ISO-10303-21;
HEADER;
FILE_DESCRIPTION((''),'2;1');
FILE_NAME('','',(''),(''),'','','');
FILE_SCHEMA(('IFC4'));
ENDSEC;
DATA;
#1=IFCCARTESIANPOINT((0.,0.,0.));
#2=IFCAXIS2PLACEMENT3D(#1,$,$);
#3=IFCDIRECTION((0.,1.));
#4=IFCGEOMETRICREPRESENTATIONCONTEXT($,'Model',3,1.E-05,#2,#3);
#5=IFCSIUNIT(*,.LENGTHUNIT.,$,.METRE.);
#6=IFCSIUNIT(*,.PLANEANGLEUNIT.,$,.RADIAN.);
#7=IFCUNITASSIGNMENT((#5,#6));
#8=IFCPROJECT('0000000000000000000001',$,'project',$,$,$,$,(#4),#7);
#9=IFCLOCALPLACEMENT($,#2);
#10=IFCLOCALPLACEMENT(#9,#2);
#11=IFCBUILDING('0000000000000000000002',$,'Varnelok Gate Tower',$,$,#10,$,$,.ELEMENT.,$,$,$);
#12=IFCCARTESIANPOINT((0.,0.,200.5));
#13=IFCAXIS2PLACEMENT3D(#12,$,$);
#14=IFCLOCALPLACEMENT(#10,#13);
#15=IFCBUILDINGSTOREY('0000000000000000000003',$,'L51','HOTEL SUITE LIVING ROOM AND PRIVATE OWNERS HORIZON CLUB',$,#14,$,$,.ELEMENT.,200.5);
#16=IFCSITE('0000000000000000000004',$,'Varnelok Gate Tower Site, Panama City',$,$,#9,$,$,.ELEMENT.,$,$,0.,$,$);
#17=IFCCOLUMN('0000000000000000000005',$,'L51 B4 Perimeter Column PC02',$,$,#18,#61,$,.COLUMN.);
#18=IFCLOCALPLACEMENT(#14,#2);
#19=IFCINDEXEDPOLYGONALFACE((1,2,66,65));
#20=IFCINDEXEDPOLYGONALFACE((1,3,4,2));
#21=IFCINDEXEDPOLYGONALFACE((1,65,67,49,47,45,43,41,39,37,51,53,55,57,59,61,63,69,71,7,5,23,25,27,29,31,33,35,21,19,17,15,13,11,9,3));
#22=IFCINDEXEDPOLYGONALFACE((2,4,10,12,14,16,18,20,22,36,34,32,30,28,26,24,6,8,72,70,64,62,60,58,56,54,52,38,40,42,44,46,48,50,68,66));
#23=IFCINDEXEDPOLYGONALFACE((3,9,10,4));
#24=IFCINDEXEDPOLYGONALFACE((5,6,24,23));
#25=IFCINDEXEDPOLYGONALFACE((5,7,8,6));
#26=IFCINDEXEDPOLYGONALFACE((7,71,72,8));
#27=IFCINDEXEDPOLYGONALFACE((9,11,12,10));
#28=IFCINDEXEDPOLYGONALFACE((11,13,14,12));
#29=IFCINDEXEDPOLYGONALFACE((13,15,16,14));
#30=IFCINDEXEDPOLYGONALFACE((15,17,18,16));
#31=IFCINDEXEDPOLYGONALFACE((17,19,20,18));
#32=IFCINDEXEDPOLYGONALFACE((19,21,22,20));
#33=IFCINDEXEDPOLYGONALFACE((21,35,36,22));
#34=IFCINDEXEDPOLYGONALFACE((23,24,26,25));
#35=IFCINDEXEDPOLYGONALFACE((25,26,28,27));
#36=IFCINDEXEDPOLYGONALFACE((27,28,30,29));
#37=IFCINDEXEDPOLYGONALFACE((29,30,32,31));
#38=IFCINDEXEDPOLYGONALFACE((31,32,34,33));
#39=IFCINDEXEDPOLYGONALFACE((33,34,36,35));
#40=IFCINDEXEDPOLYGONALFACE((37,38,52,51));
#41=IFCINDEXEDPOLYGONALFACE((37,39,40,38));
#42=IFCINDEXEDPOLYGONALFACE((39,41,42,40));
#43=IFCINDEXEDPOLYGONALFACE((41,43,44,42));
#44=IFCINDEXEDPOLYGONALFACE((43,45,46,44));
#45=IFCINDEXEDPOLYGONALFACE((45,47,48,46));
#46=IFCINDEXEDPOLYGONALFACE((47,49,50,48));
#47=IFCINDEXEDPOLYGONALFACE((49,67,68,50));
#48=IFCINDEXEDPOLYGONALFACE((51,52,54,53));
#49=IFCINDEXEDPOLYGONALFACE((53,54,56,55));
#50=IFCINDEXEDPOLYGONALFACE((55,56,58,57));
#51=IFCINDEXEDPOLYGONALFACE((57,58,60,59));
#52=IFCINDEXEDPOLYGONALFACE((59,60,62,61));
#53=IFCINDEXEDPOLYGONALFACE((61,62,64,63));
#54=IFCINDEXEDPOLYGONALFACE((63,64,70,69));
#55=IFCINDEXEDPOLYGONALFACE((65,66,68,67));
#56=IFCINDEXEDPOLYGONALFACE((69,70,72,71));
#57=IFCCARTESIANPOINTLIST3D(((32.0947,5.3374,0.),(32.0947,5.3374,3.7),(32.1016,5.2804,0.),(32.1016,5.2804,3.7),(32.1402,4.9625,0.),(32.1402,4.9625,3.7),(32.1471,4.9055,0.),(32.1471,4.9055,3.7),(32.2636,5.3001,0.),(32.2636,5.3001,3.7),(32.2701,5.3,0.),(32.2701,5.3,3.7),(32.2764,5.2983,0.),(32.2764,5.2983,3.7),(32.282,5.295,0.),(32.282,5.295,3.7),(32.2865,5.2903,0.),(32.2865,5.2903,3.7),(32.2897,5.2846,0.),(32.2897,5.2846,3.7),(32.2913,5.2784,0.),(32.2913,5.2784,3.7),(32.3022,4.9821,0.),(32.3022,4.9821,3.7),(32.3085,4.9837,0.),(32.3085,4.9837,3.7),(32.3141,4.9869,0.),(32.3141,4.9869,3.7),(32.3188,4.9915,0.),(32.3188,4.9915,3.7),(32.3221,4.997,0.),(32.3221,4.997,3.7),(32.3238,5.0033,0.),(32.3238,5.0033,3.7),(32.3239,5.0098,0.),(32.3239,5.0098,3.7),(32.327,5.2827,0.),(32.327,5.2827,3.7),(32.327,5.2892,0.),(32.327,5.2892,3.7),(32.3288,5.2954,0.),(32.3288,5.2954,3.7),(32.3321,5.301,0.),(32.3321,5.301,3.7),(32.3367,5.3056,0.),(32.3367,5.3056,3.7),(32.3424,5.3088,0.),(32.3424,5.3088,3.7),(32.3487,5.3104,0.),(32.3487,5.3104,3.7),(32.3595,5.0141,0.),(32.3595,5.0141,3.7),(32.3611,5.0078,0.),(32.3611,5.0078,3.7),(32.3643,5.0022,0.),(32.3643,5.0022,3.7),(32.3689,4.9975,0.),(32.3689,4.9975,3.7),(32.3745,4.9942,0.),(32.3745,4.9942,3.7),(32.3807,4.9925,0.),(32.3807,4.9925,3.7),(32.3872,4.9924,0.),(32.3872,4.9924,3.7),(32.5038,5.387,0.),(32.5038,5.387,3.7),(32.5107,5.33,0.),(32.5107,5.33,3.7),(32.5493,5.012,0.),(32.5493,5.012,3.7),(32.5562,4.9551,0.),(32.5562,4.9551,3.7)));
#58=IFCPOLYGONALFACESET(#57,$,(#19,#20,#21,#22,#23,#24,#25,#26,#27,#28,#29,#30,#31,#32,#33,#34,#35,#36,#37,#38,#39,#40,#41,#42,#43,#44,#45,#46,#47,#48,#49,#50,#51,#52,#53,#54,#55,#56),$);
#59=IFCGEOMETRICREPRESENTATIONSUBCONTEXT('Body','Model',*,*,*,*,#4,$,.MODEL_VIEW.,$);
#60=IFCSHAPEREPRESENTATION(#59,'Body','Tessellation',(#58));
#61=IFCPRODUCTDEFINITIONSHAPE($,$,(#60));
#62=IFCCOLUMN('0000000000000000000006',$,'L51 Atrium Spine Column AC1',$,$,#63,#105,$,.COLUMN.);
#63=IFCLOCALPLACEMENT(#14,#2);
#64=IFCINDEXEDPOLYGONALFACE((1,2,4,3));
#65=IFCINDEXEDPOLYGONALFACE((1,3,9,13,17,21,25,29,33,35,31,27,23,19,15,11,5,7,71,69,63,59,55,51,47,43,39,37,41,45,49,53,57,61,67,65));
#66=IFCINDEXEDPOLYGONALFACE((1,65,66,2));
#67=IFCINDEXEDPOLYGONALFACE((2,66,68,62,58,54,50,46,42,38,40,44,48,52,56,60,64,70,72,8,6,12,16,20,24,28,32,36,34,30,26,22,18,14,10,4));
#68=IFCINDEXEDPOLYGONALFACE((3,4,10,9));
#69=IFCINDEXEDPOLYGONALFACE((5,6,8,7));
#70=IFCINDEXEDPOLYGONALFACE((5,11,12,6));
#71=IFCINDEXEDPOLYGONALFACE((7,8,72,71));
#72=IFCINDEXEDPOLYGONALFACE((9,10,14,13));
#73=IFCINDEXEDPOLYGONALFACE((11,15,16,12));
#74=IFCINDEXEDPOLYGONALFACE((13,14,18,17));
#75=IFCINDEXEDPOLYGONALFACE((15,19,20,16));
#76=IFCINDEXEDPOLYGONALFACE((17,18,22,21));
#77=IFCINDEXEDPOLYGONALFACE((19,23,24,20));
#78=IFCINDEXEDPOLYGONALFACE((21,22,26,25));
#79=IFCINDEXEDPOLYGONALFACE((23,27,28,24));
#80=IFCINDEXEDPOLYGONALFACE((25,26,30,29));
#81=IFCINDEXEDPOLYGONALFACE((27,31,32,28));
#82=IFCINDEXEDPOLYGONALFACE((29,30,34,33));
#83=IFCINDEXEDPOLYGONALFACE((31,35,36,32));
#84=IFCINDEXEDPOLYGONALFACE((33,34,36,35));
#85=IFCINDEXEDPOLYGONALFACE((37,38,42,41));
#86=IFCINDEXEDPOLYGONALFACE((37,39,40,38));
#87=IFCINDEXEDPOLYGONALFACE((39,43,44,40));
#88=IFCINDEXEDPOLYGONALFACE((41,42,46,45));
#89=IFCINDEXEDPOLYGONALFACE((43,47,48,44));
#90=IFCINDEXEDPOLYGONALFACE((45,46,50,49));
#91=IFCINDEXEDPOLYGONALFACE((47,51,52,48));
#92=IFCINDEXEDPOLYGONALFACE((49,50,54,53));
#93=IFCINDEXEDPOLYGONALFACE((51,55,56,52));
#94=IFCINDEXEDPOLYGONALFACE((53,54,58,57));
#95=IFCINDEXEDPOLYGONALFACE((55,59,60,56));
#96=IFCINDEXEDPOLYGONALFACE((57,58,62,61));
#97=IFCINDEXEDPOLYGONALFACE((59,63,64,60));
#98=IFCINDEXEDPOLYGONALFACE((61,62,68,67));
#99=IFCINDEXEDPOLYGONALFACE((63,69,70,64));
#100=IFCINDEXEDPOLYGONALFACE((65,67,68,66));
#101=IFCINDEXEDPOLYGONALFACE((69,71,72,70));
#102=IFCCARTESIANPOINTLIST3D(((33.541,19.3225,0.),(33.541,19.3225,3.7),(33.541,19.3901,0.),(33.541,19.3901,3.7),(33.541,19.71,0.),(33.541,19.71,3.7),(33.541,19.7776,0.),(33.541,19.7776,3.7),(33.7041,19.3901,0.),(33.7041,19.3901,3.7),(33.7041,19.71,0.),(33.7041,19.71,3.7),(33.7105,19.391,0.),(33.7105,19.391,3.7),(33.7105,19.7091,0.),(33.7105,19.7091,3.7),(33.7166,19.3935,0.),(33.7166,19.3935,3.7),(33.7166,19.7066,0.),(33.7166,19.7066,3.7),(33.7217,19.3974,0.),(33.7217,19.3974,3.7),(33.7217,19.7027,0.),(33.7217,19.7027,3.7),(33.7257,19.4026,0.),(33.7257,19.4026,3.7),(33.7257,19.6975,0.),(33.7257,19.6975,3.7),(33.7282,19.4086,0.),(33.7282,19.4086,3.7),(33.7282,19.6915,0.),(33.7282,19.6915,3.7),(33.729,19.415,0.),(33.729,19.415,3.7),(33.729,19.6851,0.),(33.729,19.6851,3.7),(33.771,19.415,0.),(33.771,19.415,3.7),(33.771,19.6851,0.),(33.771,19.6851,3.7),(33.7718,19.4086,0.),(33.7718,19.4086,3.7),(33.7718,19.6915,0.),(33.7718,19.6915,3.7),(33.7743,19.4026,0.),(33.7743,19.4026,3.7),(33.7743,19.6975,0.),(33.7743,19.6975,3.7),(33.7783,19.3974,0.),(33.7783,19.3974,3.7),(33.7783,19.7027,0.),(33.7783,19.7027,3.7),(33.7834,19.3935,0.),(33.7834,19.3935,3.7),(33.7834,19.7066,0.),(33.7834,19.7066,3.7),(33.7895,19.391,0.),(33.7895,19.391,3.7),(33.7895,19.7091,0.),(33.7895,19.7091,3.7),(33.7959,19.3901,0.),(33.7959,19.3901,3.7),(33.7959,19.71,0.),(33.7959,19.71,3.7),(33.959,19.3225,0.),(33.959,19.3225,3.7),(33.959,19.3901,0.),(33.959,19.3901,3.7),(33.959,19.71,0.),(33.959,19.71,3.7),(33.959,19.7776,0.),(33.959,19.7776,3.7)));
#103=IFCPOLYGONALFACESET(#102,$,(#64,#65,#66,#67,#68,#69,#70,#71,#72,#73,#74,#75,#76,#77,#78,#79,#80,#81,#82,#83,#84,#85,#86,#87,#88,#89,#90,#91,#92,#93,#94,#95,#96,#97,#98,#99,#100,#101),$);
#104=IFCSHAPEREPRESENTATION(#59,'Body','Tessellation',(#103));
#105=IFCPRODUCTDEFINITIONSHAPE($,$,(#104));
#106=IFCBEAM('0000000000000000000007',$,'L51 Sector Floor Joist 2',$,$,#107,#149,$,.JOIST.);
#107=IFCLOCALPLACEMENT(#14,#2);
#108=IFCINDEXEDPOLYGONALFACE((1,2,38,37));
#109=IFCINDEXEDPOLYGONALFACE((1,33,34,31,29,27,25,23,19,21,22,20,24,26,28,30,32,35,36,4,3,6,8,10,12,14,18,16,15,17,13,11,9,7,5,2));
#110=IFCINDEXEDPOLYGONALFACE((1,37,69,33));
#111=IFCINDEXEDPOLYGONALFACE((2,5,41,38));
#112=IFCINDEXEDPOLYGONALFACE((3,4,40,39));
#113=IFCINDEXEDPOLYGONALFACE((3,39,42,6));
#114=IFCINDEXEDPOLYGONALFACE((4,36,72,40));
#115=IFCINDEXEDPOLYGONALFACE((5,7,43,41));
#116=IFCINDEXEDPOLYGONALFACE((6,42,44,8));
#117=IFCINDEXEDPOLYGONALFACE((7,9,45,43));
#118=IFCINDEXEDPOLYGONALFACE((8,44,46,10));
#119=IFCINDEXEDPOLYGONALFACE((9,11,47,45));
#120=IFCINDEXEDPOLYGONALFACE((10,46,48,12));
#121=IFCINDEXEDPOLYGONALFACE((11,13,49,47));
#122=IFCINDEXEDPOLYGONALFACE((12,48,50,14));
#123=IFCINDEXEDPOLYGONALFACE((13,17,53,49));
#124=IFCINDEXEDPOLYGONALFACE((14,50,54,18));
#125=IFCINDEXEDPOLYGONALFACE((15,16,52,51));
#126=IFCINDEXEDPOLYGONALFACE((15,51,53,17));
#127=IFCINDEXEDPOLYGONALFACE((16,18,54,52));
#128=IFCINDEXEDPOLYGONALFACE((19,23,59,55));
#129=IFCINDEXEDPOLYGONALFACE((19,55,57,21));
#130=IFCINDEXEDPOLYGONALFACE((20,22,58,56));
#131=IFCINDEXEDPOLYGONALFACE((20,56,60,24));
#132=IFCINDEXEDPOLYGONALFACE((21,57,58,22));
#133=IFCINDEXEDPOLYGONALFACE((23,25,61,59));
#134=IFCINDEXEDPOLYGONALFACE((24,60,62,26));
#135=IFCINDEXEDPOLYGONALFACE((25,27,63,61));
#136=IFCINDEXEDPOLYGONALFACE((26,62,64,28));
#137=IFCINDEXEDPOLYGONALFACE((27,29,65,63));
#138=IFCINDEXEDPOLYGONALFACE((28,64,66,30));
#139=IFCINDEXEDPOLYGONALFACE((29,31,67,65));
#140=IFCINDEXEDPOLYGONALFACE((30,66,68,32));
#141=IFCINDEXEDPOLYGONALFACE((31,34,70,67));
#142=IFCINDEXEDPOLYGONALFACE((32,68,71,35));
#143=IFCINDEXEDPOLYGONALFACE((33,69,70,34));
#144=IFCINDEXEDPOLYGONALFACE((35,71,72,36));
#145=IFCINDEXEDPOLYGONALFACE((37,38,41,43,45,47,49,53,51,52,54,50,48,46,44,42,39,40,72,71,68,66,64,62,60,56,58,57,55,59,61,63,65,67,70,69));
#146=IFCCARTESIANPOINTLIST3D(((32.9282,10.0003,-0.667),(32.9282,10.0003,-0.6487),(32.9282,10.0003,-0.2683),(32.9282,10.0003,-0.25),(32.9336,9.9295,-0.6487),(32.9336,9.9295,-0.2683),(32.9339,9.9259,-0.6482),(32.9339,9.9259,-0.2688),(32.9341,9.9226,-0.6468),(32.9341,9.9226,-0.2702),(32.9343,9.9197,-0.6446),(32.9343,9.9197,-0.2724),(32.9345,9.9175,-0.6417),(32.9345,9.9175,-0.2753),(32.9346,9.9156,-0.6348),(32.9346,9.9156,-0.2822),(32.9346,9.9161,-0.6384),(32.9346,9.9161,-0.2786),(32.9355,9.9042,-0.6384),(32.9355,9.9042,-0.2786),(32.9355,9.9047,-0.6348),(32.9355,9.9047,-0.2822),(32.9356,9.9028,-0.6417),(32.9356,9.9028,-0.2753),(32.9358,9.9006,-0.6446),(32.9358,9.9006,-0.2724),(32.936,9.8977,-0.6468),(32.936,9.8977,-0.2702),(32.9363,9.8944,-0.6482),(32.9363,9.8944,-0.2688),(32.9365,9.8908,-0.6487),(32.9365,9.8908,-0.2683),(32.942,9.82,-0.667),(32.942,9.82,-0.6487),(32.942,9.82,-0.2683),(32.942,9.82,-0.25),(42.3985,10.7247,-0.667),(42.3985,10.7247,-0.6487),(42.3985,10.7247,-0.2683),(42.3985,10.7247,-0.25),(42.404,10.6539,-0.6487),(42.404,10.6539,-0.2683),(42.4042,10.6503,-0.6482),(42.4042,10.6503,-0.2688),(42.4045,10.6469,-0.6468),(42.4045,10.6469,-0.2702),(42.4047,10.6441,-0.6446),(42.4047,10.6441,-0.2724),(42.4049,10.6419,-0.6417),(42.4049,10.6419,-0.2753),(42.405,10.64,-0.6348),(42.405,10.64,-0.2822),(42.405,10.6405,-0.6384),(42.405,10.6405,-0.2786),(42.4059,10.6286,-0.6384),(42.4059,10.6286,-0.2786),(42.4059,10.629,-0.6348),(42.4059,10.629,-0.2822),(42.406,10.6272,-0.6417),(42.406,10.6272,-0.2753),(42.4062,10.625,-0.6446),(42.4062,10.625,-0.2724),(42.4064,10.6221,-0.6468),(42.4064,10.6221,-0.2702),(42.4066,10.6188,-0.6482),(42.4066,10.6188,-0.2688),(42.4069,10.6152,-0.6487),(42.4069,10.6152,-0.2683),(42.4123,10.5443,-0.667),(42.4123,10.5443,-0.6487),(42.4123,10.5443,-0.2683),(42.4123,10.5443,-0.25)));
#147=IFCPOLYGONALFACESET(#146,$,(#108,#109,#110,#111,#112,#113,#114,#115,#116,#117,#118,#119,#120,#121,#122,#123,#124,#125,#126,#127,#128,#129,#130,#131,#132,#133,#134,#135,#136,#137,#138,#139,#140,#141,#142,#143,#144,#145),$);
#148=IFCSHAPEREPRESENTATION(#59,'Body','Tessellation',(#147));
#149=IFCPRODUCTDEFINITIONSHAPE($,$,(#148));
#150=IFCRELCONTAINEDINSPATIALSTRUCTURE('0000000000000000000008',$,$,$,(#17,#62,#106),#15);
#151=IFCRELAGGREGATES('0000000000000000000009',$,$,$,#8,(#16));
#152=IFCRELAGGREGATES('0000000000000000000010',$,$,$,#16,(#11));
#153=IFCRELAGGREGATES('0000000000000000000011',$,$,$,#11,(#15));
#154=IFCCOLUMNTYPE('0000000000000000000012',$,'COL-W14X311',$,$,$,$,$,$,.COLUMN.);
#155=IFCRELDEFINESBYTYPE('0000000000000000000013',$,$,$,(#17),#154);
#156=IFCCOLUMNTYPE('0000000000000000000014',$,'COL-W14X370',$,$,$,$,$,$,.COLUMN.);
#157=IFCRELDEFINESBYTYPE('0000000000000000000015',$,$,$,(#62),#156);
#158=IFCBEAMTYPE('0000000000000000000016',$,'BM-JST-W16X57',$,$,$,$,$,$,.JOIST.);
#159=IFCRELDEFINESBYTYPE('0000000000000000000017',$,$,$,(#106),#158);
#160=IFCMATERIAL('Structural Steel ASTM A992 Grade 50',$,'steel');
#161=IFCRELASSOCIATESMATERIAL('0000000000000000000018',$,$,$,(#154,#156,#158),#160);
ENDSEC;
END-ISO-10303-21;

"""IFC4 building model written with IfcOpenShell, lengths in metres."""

from ifc_helpers import new_model, si_unit, direction, frame, origin, origin_2d, place, context, subcontext, project, spatial, i_section, extrude, material, material_profile, profile_set, type_object, element, save


model = new_model("IFC4")

# Units and contexts
model_context = context("Model", 3, precision=1e-05, world=origin(), true_north=direction((0.0, 1.0)))
body_context = subcontext(model_context, "Body", "Model", "MODEL_VIEW")
ifc_project = project(units=[si_unit("LENGTHUNIT", "METRE"), si_unit("PLANEANGLEUNIT", "RADIAN")], contexts=[model_context])

# Site, building, storey
site_placement = place(None, origin())
site = spatial("IfcSite", under=ifc_project, at=site_placement, Name="Varnelok Gate Tower Site, Panama City", CompositionType="ELEMENT", RefElevation=0.0)
building_placement = place(site_placement, origin())
building = spatial("IfcBuilding", under=site, at=building_placement, Name="Varnelok Gate Tower", CompositionType="ELEMENT")
storey_placement = place(building_placement, frame((0.0, 0.0, 200.5)))
storey = spatial("IfcBuildingStorey", under=building, at=storey_placement, Name="L51", Description="HOTEL SUITE LIVING ROOM AND PRIVATE OWNERS HORIZON CLUB", CompositionType="ELEMENT", Elevation=200.5)

# Columns
ifc_material_1 = material(Name="Structural Steel ASTM A992 Grade 50", Category="steel")
ifc_material_profile_1 = material_profile(ifc_material_1, i_section(OverallWidth=0.4121, OverallDepth=0.4351, WebThickness=0.0359, FlangeThickness=0.0574, FilletRadius=0.0249, at=origin_2d()), Name="W14X311")
ifc_profile_set_1 = profile_set([ifc_material_profile_1], Name="Structural Steel ASTM A992 Grade 50")
column_type_1 = type_object("IfcColumnType", Name="COL-W14X311", PredefinedType="COLUMN", material=ifc_profile_set_1)
column_1_placement = place(storey_placement, frame((32.3254, 5.1462, 0.0), z_axis=(0.0, 0.0, 1.0), x_axis=(0.992732, 0.120345, 0.0)))
element("IfcColumn", 1, at=column_1_placement, inside=storey, type_object=column_type_1, Name="L51 B4 Perimeter Column PC02", PredefinedType="COLUMN", context=body_context, shape_type="SweptSolid", body=[
    extrude(i_section(OverallWidth=0.4121, OverallDepth=0.4351, WebThickness=0.0359, FlangeThickness=0.0574, FilletRadius=0.0249, at=origin_2d()), origin(), (0.0, 0.0, 1.0), 3.7),
])
ifc_material_profile_2 = material_profile(ifc_material_1, i_section(OverallWidth=0.418, OverallDepth=0.4551, WebThickness=0.042, FlangeThickness=0.0676, FilletRadius=0.0249, at=origin_2d()), Name="W14X370")
ifc_profile_set_2 = profile_set([ifc_material_profile_2], Name="Structural Steel ASTM A992 Grade 50")
column_type_2 = type_object("IfcColumnType", Name="COL-W14X370", PredefinedType="COLUMN", material=ifc_profile_set_2)
column_2_placement = place(storey_placement, frame((33.75, 19.55, 0.0), z_axis=(0.0, 0.0, 1.0), x_axis=(1.0, 0.0, 0.0)))
element("IfcColumn", 2, at=column_2_placement, inside=storey, type_object=column_type_2, Name="L51 Atrium Spine Column AC1", PredefinedType="COLUMN", context=body_context, shape_type="SweptSolid", body=[
    extrude(i_section(OverallWidth=0.418, OverallDepth=0.4551, WebThickness=0.042, FlangeThickness=0.0676, FilletRadius=0.0249, at=origin_2d()), origin(), (0.0, 0.0, 1.0), 3.7),
])

# Beam
ifc_material_profile_3 = material_profile(ifc_material_1, i_section(OverallWidth=0.1809, OverallDepth=0.417, WebThickness=0.011, FlangeThickness=0.0183, FilletRadius=0.0139, at=origin_2d()), Name="W16X57")
ifc_profile_set_3 = profile_set([ifc_material_profile_3], Name="Structural Steel ASTM A992 Grade 50")
beam_type_1 = type_object("IfcBeamType", Name="BM-JST-W16X57", PredefinedType="JOIST", material=ifc_profile_set_3)
beam_1_placement = place(storey_placement, frame((32.9351, 9.9102, -0.4585), z_axis=(0.997088, 0.076264, 0.0), x_axis=(-0.076264, 0.997088, 0.0)))
element("IfcBeam", 3, at=beam_1_placement, inside=storey, type_object=beam_type_1, Name="L51 Sector Floor Joist 2", PredefinedType="JOIST", context=body_context, shape_type="SweptSolid", body=[
    extrude(i_section(OverallWidth=0.1809, OverallDepth=0.417, WebThickness=0.011, FlangeThickness=0.0183, FilletRadius=0.0139, at=origin_2d()), origin(), (0.0, 0.0, 1.0), 9.498),
])

save(model, "model.ifc")
